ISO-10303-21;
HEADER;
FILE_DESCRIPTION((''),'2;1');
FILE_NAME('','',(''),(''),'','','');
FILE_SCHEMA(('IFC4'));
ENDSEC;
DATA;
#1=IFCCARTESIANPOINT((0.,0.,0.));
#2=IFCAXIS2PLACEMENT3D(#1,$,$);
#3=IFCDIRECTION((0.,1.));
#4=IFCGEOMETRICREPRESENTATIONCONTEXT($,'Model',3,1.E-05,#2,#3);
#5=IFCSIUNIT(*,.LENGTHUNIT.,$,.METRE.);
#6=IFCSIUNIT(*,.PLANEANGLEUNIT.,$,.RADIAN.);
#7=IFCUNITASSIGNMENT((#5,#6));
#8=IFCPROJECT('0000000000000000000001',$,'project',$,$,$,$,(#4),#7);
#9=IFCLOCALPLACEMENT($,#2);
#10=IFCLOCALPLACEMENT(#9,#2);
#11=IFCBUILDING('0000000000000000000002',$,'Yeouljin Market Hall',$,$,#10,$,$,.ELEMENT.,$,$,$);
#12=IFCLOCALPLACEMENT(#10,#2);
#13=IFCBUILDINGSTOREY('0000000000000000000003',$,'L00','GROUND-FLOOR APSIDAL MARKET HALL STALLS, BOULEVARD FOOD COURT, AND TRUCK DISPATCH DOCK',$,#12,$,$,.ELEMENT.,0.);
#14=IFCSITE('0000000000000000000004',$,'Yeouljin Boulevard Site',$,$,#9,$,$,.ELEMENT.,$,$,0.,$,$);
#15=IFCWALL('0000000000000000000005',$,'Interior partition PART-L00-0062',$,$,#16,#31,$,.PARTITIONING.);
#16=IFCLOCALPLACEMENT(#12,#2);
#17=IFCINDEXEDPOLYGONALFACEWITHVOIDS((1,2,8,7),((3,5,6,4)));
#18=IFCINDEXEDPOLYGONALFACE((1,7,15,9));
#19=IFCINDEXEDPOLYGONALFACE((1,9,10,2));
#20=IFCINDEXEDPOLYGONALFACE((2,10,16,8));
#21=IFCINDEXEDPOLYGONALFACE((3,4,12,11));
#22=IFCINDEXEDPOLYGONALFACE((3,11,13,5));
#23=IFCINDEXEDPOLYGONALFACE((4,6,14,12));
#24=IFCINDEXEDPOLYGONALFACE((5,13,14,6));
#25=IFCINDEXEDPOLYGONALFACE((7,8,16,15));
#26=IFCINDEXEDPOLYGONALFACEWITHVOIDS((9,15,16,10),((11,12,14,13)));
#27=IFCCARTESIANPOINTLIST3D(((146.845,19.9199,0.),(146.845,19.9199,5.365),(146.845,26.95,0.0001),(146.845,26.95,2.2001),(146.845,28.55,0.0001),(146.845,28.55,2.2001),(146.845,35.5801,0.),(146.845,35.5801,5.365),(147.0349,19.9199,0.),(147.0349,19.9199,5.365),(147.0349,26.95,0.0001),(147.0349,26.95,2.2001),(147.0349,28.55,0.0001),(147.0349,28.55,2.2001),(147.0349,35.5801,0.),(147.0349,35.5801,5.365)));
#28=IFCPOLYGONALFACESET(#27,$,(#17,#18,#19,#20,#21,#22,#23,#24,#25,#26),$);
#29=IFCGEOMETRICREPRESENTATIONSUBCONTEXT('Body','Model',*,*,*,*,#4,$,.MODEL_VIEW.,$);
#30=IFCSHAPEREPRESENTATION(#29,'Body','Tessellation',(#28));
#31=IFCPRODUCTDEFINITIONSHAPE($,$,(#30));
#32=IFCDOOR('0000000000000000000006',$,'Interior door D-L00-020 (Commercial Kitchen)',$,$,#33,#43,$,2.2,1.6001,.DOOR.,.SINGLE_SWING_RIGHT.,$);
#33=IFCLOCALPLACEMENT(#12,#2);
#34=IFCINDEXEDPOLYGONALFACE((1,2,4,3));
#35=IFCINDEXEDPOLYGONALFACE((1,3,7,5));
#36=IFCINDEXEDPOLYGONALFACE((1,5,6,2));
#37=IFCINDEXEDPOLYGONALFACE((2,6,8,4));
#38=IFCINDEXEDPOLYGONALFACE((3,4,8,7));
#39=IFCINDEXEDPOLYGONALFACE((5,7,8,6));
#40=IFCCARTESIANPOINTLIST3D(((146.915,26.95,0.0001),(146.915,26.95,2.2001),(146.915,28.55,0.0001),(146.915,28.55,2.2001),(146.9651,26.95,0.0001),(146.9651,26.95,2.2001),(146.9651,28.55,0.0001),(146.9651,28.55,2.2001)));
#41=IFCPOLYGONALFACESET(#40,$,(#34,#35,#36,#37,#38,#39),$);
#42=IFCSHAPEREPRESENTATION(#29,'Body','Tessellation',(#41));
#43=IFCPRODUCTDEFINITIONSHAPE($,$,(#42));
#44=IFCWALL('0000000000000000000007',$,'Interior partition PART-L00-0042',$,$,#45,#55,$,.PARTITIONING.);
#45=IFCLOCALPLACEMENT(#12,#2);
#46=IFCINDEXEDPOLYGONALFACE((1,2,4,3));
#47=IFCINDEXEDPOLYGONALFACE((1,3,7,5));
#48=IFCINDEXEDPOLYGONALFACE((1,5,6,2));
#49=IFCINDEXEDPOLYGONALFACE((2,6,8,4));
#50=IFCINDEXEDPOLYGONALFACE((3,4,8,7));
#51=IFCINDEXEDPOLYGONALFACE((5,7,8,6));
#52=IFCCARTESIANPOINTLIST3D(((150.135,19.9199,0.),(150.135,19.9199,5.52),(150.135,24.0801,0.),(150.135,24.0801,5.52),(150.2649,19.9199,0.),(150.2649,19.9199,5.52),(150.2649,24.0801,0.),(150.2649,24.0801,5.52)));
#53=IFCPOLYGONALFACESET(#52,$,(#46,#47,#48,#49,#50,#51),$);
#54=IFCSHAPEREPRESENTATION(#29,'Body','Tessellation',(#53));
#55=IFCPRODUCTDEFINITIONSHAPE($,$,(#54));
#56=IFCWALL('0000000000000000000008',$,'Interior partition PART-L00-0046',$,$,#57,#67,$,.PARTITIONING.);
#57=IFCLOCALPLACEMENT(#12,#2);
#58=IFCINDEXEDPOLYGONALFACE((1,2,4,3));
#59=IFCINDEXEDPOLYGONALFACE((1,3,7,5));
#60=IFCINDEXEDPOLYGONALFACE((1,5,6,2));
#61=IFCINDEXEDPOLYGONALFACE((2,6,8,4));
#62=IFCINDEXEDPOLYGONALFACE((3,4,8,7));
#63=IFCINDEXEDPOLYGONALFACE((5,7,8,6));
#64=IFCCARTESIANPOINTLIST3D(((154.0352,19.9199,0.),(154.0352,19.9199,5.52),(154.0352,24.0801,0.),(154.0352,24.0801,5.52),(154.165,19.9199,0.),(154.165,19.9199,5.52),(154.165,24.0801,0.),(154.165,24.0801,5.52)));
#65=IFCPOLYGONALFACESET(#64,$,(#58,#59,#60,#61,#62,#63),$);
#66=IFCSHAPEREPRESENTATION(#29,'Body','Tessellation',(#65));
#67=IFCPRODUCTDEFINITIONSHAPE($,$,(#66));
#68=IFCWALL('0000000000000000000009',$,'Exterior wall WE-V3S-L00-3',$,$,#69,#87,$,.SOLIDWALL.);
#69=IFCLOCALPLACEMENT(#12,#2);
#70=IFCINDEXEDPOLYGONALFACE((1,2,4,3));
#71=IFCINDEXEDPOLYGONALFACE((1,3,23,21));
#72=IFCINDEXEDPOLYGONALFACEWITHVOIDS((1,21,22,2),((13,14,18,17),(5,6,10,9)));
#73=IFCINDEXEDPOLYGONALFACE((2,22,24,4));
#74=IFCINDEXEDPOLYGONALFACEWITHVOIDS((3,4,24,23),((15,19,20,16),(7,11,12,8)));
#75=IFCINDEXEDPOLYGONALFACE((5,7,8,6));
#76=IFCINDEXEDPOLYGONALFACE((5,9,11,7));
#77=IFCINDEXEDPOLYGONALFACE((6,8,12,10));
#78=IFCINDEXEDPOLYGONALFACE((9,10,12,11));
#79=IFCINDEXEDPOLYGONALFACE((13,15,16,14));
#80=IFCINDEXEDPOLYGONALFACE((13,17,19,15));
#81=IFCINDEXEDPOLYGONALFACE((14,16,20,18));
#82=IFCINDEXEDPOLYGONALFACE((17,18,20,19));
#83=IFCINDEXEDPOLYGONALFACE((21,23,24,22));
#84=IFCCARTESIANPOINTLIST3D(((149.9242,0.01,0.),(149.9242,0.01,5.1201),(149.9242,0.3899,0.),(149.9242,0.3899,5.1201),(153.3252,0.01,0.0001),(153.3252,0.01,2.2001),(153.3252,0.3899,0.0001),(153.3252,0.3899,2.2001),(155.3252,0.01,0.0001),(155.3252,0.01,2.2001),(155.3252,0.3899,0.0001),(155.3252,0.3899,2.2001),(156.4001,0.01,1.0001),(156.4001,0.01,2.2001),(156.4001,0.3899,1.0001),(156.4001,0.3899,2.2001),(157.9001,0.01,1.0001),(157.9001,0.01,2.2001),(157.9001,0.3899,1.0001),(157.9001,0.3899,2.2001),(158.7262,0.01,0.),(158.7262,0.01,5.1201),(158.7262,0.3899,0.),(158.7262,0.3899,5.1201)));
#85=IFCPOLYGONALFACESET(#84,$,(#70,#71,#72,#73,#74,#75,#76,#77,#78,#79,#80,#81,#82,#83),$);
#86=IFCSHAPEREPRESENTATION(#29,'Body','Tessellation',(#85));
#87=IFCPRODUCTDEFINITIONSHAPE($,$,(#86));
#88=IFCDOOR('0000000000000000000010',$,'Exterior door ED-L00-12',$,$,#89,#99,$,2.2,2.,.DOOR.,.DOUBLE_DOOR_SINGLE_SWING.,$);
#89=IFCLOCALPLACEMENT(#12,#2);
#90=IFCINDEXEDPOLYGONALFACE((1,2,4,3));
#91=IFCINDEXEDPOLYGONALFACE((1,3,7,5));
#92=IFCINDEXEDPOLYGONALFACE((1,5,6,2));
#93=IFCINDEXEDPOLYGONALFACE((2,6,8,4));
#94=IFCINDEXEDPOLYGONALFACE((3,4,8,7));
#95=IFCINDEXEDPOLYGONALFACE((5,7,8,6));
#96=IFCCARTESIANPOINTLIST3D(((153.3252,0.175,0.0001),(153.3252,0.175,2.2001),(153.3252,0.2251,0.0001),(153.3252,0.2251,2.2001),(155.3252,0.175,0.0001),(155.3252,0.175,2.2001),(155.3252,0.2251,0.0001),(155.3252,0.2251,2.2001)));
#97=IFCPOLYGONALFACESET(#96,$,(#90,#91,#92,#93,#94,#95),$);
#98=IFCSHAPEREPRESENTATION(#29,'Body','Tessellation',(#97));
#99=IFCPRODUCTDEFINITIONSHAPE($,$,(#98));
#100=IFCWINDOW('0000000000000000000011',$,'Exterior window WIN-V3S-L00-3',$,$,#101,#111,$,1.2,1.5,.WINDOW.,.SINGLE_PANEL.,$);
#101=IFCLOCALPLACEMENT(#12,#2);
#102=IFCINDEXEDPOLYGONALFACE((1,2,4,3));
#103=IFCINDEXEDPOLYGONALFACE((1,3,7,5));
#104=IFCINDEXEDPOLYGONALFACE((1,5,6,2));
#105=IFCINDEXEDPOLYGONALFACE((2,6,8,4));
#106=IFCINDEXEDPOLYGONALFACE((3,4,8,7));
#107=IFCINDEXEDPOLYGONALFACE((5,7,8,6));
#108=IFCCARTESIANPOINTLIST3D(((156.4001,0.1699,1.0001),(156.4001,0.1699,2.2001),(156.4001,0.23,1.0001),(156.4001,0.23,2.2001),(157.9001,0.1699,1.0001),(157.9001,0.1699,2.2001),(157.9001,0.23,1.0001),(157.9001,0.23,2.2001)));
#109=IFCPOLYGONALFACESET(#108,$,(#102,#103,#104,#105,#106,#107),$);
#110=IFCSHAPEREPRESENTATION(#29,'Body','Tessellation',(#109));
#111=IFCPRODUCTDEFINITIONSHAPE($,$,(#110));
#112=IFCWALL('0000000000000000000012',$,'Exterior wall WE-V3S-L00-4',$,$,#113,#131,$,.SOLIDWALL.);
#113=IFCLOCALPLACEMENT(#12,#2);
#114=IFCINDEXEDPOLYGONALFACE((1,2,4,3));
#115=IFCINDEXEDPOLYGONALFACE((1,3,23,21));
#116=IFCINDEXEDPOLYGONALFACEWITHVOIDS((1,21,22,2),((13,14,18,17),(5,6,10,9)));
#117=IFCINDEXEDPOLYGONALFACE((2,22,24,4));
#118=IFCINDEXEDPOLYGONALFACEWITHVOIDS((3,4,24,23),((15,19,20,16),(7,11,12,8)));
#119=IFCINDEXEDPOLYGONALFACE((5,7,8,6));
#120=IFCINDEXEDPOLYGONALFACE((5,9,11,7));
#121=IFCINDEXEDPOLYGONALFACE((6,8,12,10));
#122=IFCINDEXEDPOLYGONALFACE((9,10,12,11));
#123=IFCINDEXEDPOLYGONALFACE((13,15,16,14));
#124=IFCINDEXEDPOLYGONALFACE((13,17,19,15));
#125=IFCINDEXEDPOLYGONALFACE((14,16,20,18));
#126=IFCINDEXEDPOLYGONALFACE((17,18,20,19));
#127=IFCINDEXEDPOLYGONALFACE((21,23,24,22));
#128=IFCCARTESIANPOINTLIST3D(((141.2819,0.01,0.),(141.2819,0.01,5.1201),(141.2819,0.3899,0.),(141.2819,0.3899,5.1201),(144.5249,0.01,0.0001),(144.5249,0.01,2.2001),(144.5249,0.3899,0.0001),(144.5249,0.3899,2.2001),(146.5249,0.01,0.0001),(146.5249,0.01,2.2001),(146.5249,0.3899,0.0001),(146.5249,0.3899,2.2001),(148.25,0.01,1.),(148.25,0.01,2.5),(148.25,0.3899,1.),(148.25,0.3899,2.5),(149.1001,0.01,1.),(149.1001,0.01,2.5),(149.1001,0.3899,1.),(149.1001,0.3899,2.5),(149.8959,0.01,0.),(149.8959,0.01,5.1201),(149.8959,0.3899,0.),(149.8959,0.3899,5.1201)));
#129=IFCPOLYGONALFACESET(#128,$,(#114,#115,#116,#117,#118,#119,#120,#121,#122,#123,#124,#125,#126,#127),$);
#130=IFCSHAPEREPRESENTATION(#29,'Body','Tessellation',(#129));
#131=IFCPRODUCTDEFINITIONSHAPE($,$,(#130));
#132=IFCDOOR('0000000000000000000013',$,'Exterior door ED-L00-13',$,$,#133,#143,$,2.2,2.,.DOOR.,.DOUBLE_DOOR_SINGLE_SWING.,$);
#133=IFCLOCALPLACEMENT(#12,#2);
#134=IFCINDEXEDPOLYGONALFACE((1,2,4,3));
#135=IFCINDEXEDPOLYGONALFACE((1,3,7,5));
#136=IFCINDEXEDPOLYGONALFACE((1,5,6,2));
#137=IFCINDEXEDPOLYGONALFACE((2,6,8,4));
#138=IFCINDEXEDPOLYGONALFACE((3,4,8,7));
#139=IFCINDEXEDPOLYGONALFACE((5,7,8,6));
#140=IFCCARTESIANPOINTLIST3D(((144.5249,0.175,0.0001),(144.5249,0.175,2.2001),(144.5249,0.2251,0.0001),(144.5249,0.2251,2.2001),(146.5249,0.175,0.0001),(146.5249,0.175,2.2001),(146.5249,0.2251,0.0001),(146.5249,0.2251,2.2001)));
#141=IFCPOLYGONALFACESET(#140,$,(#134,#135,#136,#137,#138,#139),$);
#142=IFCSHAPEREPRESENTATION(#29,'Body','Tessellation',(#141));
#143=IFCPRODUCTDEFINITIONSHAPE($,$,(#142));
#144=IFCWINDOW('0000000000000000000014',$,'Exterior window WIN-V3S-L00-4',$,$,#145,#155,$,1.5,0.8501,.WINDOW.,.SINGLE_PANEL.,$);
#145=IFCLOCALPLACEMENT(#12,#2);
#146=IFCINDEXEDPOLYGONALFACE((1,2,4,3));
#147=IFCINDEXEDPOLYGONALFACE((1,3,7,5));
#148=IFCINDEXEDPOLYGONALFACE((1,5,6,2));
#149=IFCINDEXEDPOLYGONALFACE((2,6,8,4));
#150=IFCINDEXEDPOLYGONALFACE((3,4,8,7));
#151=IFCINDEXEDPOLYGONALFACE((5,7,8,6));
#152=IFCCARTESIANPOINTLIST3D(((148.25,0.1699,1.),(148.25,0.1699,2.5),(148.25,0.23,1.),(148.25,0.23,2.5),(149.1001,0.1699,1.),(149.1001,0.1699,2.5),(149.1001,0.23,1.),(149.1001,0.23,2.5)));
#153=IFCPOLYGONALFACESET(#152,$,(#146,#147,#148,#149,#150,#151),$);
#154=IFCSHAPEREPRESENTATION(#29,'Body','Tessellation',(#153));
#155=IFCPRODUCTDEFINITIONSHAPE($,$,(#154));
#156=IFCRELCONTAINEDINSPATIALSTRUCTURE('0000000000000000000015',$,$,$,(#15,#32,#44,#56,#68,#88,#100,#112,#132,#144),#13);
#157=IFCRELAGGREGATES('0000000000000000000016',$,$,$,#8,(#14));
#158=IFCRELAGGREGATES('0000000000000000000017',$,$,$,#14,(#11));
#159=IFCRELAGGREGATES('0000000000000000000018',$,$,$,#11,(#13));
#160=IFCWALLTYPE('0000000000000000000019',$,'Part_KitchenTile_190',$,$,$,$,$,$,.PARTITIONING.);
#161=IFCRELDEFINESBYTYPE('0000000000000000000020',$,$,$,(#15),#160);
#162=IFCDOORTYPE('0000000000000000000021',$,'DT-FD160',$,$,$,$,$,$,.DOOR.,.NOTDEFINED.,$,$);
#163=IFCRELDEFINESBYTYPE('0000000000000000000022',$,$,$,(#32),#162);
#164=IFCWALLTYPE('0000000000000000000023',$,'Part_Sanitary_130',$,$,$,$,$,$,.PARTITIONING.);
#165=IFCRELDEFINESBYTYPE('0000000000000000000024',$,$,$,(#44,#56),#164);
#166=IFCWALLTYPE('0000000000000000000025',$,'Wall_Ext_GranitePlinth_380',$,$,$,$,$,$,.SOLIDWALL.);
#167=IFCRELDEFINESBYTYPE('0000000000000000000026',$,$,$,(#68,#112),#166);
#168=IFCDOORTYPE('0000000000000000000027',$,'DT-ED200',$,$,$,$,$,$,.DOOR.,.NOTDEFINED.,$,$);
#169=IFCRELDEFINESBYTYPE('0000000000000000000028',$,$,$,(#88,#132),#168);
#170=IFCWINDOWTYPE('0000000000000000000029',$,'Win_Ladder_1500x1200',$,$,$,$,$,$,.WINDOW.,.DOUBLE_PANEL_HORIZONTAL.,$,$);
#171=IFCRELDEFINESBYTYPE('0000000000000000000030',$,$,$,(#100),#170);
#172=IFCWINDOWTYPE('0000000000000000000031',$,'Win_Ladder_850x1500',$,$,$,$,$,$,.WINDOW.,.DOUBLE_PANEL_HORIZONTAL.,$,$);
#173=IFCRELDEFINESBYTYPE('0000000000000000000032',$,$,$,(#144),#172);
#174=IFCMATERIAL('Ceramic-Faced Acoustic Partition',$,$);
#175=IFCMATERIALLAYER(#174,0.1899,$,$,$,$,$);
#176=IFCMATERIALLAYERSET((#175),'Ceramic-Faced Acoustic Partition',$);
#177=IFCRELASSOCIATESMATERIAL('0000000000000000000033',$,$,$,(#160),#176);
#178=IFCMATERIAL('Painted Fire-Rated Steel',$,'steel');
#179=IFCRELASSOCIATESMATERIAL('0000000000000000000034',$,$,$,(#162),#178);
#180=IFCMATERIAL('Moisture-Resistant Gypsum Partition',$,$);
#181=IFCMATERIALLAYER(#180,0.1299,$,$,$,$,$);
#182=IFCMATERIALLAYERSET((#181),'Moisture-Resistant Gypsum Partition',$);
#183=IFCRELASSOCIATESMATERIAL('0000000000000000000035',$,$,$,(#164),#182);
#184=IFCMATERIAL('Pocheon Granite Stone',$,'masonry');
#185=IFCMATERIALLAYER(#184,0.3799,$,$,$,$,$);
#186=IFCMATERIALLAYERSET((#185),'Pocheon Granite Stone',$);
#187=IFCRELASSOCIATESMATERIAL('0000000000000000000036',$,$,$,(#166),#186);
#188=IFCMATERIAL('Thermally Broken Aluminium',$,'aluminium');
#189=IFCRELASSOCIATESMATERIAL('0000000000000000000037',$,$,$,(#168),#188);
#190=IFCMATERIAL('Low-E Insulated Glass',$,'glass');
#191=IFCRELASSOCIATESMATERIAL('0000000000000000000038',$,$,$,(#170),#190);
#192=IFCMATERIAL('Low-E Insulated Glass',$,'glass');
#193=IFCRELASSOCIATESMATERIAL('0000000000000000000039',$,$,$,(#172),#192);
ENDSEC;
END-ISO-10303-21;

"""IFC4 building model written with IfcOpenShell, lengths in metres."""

from ifc_helpers import new_model, si_unit, direction, frame, frame_2d, origin, place, context, subcontext, project, spatial, rectangle, extrude, material, layer, layer_set, type_object, element, fill, save


model = new_model("IFC4")

# Units and contexts
model_context = context("Model", 3, precision=1e-05, world=origin(), true_north=direction((0.0, 1.0)))
body_context = subcontext(model_context, "Body", "Model", "MODEL_VIEW")
ifc_project = project(units=[si_unit("LENGTHUNIT", "METRE"), si_unit("PLANEANGLEUNIT", "RADIAN")], contexts=[model_context])

# Site, building, storey
site_placement = place(None, origin())
site = spatial("IfcSite", under=ifc_project, at=site_placement, Name="Yeouljin Boulevard Site", CompositionType="ELEMENT", RefElevation=0.0)
building_placement = place(site_placement, origin())
building = spatial("IfcBuilding", under=site, at=building_placement, Name="Yeouljin Market Hall", CompositionType="ELEMENT")
storey_placement = place(building_placement, origin())
storey = spatial("IfcBuildingStorey", under=building, at=storey_placement, Name="L00", Description="GROUND-FLOOR APSIDAL MARKET HALL STALLS, BOULEVARD FOOD COURT, AND TRUCK DISPATCH DOCK", CompositionType="ELEMENT", Elevation=0.0)

# Wall, opening, door
ifc_material_1 = material(Name="Ceramic-Faced Acoustic Partition")
ifc_layer_1 = layer(ifc_material_1, 0.1899)
ifc_layer_set_1 = layer_set([ifc_layer_1], Name="Ceramic-Faced Acoustic Partition")
wall_type_1 = type_object("IfcWallType", Name="Part_KitchenTile_190", PredefinedType="PARTITIONING", material=ifc_layer_set_1)
wall_1_placement = place(storey_placement, frame((146.9399, 19.9199, 0.0), z_axis=(0.0, 0.0, 1.0), x_axis=(0.0, 1.0, 0.0)))
wall_1 = element("IfcWall", 1, at=wall_1_placement, inside=storey, type_object=wall_type_1, Name="Interior partition PART-L00-0062", PredefinedType="PARTITIONING", context=body_context, shape_type="SweptSolid", body=[
    extrude(rectangle(XDim=15.6602, YDim=0.1899, at=frame_2d((7.8301, 0.0))), origin(), (0.0, 0.0, 1.0), 5.365),
])
opening_1_placement = place(wall_1_placement, frame((7.03, 0.0, 0.0)))
opening_1 = element("IfcOpeningElement", 2, at=opening_1_placement, cuts=wall_1, PredefinedType="OPENING", context=body_context, shape_type="SweptSolid", body=[
    extrude(rectangle(XDim=1.6001, YDim=2.2, at=frame_2d((0.8, 1.1001))), frame((0.0, 0.105, 0.0), z_axis=(0.0, -1.0, 0.0), x_axis=(1.0, 0.0, 0.0)), (0.0, 0.0, 1.0), 0.21),
])
ifc_material_2 = material(Name="Painted Fire-Rated Steel", Category="steel")
door_type_1 = type_object("IfcDoorType", Name="DT-FD160", OperationType="NOTDEFINED", PredefinedType="DOOR", material=ifc_material_2)
door_1_placement = place(opening_1_placement, origin())
door_1 = element("IfcDoor", 3, at=door_1_placement, inside=storey, type_object=door_type_1, Name="Interior door D-L00-020 (Commercial Kitchen)", OperationType="SINGLE_SWING_RIGHT", OverallHeight=2.2, OverallWidth=1.6001, PredefinedType="DOOR", context=body_context, shape_type="SweptSolid", body=[
    extrude(rectangle(XDim=1.6001, YDim=2.2, at=frame_2d((0.8, 1.1001))), frame((0.0, 0.0249, 0.0), z_axis=(0.0, -1.0, 0.0), x_axis=(1.0, 0.0, 0.0)), (0.0, 0.0, 1.0), 0.05),
])
fill(opening_1, door_1)

# Walls
ifc_material_3 = material(Name="Moisture-Resistant Gypsum Partition")
ifc_layer_2 = layer(ifc_material_3, 0.1299)
ifc_layer_set_2 = layer_set([ifc_layer_2], Name="Moisture-Resistant Gypsum Partition")
wall_type_2 = type_object("IfcWallType", Name="Part_Sanitary_130", PredefinedType="PARTITIONING", material=ifc_layer_set_2)
for number, where, z_axis, x_axis, name in (
    (4, (150.2, 19.9199, 0.0), (0.0, 0.0, 1.0), (0.0, 1.0, 0.0), "Interior partition PART-L00-0042"),
    (5, (154.1001, 19.9199, 0.0), (0.0, 0.0, 1.0), (0.0, 1.0, 0.0), "Interior partition PART-L00-0046"),
):
    element("IfcWall", number, at=place(storey_placement, frame(where, z_axis=z_axis, x_axis=x_axis)), inside=storey, type_object=wall_type_2, Name=name, PredefinedType="PARTITIONING", context=body_context, shape_type="SweptSolid", body=[
        extrude(rectangle(XDim=4.1602, YDim=0.1299, at=frame_2d((2.0801, 0.0))), origin(), (0.0, 0.0, 1.0), 5.52),
    ])

# Walls, openings, doors, windows
ifc_material_4 = material(Name="Pocheon Granite Stone", Category="masonry")
ifc_layer_3 = layer(ifc_material_4, 0.3799)
ifc_layer_set_3 = layer_set([ifc_layer_3], Name="Pocheon Granite Stone")
wall_type_3 = type_object("IfcWallType", Name="Wall_Ext_GranitePlinth_380", PredefinedType="SOLIDWALL", material=ifc_layer_set_3)
wall_2_placement = place(storey_placement, frame((158.7261, 0.2, 0.0), z_axis=(0.0, 0.0, 1.0), x_axis=(-1.0, 0.0, 0.0)))
wall_2 = element("IfcWall", 6, at=wall_2_placement, inside=storey, type_object=wall_type_3, Name="Exterior wall WE-V3S-L00-3", PredefinedType="SOLIDWALL", context=body_context, shape_type="SweptSolid", body=[
    extrude(rectangle(XDim=8.802, YDim=0.3799, at=frame_2d((4.4009, 0.0))), origin(), (0.0, 0.0, 1.0), 5.1201),
])
opening_2_placement = place(wall_2_placement, frame((3.4009, 0.0, 0.0)))
opening_2 = element("IfcOpeningElement", 7, at=opening_2_placement, cuts=wall_2, PredefinedType="OPENING", context=body_context, shape_type="SweptSolid", body=[
    extrude(rectangle(XDim=2.0, YDim=2.2, at=frame_2d((1.0, 1.1001))), frame((0.0, 0.2, 0.0), z_axis=(0.0, -1.0, 0.0), x_axis=(1.0, 0.0, 0.0)), (0.0, 0.0, 1.0), 0.3999),
])
opening_3_placement = place(wall_2_placement, frame((0.8259, 0.0, 1.0)))
opening_3 = element("IfcOpeningElement", 8, at=opening_3_placement, cuts=wall_2, PredefinedType="OPENING", context=body_context, shape_type="SweptSolid", body=[
    extrude(rectangle(XDim=1.5, YDim=1.2, at=frame_2d((0.75, 0.6001))), frame((0.0, 0.2, 0.0), z_axis=(0.0, -1.0, 0.0), x_axis=(1.0, 0.0, 0.0)), (0.0, 0.0, 1.0), 0.3999),
])
ifc_material_5 = material(Name="Thermally Broken Aluminium", Category="aluminium")
door_type_2 = type_object("IfcDoorType", Name="DT-ED200", OperationType="NOTDEFINED", PredefinedType="DOOR", material=ifc_material_5)
door_2_placement = place(opening_2_placement, origin())
door_2 = element("IfcDoor", 9, at=door_2_placement, inside=storey, type_object=door_type_2, Name="Exterior door ED-L00-12", OperationType="DOUBLE_DOOR_SINGLE_SWING", OverallHeight=2.2, OverallWidth=2.0, PredefinedType="DOOR", context=body_context, shape_type="SweptSolid", body=[
    extrude(rectangle(XDim=2.0, YDim=2.2, at=frame_2d((1.0, 1.1001))), frame((0.0, 0.0249, 0.0), z_axis=(0.0, -1.0, 0.0), x_axis=(1.0, 0.0, 0.0)), (0.0, 0.0, 1.0), 0.05),
])
fill(opening_2, door_2)
ifc_material_6 = material(Name="Low-E Insulated Glass", Category="glass")
window_type_1 = type_object("IfcWindowType", Name="Win_Ladder_1500x1200", PartitioningType="DOUBLE_PANEL_HORIZONTAL", PredefinedType="WINDOW", material=ifc_material_6)
window_1_placement = place(opening_3_placement, origin())
window_1 = element("IfcWindow", 10, at=window_1_placement, inside=storey, type_object=window_type_1, Name="Exterior window WIN-V3S-L00-3", OverallHeight=1.2, OverallWidth=1.5, PartitioningType="SINGLE_PANEL", PredefinedType="WINDOW", context=body_context, shape_type="SweptSolid", body=[
    extrude(rectangle(XDim=1.5, YDim=1.2, at=frame_2d((0.75, 0.6001))), frame((0.0, 0.03, 0.0), z_axis=(0.0, -1.0, 0.0), x_axis=(1.0, 0.0, 0.0)), (0.0, 0.0, 1.0), 0.0601),
])
fill(opening_3, window_1)
wall_3_placement = place(storey_placement, frame((149.896, 0.2, 0.0), z_axis=(0.0, 0.0, 1.0), x_axis=(-1.0, 0.0, 0.0)))
wall_3 = element("IfcWall", 11, at=wall_3_placement, inside=storey, type_object=wall_type_3, Name="Exterior wall WE-V3S-L00-4", PredefinedType="SOLIDWALL", context=body_context, shape_type="SweptSolid", body=[
    extrude(rectangle(XDim=8.614, YDim=0.3799, at=frame_2d((4.3071, 0.0))), origin(), (0.0, 0.0, 1.0), 5.1201),
])
opening_4_placement = place(wall_3_placement, frame((3.3711, 0.0, 0.0)))
opening_4 = element("IfcOpeningElement", 12, at=opening_4_placement, cuts=wall_3, PredefinedType="OPENING", context=body_context, shape_type="SweptSolid", body=[
    extrude(rectangle(XDim=2.0, YDim=2.2, at=frame_2d((1.0, 1.1001))), frame((0.0, 0.2, 0.0), z_axis=(0.0, -1.0, 0.0), x_axis=(1.0, 0.0, 0.0)), (0.0, 0.0, 1.0), 0.3999),
])
opening_5_placement = place(wall_3_placement, frame((0.7959, 0.0, 1.0)))
opening_5 = element("IfcOpeningElement", 13, at=opening_5_placement, cuts=wall_3, PredefinedType="OPENING", context=body_context, shape_type="SweptSolid", body=[
    extrude(rectangle(XDim=0.8501, YDim=1.5, at=frame_2d((0.425, 0.75))), frame((0.0, 0.2, 0.0), z_axis=(0.0, -1.0, 0.0), x_axis=(1.0, 0.0, 0.0)), (0.0, 0.0, 1.0), 0.3999),
])
door_3_placement = place(opening_4_placement, origin())
door_3 = element("IfcDoor", 14, at=door_3_placement, inside=storey, type_object=door_type_2, Name="Exterior door ED-L00-13", OperationType="DOUBLE_DOOR_SINGLE_SWING", OverallHeight=2.2, OverallWidth=2.0, PredefinedType="DOOR", context=body_context, shape_type="SweptSolid", body=[
    extrude(rectangle(XDim=2.0, YDim=2.2, at=frame_2d((1.0, 1.1001))), frame((0.0, 0.0249, 0.0), z_axis=(0.0, -1.0, 0.0), x_axis=(1.0, 0.0, 0.0)), (0.0, 0.0, 1.0), 0.05),
])
fill(opening_4, door_3)
ifc_material_7 = material(Name="Low-E Insulated Glass", Category="glass")
window_type_2 = type_object("IfcWindowType", Name="Win_Ladder_850x1500", PartitioningType="DOUBLE_PANEL_HORIZONTAL", PredefinedType="WINDOW", material=ifc_material_7)
window_2_placement = place(opening_5_placement, origin())
window_2 = element("IfcWindow", 15, at=window_2_placement, inside=storey, type_object=window_type_2, Name="Exterior window WIN-V3S-L00-4", OverallHeight=1.5, OverallWidth=0.8501, PartitioningType="SINGLE_PANEL", PredefinedType="WINDOW", context=body_context, shape_type="SweptSolid", body=[
    extrude(rectangle(XDim=0.8501, YDim=1.5, at=frame_2d((0.425, 0.75))), frame((0.0, 0.03, 0.0), z_axis=(0.0, -1.0, 0.0), x_axis=(1.0, 0.0, 0.0)), (0.0, 0.0, 1.0), 0.0601),
])
fill(opening_5, window_2)

save(model, "model.ifc")
